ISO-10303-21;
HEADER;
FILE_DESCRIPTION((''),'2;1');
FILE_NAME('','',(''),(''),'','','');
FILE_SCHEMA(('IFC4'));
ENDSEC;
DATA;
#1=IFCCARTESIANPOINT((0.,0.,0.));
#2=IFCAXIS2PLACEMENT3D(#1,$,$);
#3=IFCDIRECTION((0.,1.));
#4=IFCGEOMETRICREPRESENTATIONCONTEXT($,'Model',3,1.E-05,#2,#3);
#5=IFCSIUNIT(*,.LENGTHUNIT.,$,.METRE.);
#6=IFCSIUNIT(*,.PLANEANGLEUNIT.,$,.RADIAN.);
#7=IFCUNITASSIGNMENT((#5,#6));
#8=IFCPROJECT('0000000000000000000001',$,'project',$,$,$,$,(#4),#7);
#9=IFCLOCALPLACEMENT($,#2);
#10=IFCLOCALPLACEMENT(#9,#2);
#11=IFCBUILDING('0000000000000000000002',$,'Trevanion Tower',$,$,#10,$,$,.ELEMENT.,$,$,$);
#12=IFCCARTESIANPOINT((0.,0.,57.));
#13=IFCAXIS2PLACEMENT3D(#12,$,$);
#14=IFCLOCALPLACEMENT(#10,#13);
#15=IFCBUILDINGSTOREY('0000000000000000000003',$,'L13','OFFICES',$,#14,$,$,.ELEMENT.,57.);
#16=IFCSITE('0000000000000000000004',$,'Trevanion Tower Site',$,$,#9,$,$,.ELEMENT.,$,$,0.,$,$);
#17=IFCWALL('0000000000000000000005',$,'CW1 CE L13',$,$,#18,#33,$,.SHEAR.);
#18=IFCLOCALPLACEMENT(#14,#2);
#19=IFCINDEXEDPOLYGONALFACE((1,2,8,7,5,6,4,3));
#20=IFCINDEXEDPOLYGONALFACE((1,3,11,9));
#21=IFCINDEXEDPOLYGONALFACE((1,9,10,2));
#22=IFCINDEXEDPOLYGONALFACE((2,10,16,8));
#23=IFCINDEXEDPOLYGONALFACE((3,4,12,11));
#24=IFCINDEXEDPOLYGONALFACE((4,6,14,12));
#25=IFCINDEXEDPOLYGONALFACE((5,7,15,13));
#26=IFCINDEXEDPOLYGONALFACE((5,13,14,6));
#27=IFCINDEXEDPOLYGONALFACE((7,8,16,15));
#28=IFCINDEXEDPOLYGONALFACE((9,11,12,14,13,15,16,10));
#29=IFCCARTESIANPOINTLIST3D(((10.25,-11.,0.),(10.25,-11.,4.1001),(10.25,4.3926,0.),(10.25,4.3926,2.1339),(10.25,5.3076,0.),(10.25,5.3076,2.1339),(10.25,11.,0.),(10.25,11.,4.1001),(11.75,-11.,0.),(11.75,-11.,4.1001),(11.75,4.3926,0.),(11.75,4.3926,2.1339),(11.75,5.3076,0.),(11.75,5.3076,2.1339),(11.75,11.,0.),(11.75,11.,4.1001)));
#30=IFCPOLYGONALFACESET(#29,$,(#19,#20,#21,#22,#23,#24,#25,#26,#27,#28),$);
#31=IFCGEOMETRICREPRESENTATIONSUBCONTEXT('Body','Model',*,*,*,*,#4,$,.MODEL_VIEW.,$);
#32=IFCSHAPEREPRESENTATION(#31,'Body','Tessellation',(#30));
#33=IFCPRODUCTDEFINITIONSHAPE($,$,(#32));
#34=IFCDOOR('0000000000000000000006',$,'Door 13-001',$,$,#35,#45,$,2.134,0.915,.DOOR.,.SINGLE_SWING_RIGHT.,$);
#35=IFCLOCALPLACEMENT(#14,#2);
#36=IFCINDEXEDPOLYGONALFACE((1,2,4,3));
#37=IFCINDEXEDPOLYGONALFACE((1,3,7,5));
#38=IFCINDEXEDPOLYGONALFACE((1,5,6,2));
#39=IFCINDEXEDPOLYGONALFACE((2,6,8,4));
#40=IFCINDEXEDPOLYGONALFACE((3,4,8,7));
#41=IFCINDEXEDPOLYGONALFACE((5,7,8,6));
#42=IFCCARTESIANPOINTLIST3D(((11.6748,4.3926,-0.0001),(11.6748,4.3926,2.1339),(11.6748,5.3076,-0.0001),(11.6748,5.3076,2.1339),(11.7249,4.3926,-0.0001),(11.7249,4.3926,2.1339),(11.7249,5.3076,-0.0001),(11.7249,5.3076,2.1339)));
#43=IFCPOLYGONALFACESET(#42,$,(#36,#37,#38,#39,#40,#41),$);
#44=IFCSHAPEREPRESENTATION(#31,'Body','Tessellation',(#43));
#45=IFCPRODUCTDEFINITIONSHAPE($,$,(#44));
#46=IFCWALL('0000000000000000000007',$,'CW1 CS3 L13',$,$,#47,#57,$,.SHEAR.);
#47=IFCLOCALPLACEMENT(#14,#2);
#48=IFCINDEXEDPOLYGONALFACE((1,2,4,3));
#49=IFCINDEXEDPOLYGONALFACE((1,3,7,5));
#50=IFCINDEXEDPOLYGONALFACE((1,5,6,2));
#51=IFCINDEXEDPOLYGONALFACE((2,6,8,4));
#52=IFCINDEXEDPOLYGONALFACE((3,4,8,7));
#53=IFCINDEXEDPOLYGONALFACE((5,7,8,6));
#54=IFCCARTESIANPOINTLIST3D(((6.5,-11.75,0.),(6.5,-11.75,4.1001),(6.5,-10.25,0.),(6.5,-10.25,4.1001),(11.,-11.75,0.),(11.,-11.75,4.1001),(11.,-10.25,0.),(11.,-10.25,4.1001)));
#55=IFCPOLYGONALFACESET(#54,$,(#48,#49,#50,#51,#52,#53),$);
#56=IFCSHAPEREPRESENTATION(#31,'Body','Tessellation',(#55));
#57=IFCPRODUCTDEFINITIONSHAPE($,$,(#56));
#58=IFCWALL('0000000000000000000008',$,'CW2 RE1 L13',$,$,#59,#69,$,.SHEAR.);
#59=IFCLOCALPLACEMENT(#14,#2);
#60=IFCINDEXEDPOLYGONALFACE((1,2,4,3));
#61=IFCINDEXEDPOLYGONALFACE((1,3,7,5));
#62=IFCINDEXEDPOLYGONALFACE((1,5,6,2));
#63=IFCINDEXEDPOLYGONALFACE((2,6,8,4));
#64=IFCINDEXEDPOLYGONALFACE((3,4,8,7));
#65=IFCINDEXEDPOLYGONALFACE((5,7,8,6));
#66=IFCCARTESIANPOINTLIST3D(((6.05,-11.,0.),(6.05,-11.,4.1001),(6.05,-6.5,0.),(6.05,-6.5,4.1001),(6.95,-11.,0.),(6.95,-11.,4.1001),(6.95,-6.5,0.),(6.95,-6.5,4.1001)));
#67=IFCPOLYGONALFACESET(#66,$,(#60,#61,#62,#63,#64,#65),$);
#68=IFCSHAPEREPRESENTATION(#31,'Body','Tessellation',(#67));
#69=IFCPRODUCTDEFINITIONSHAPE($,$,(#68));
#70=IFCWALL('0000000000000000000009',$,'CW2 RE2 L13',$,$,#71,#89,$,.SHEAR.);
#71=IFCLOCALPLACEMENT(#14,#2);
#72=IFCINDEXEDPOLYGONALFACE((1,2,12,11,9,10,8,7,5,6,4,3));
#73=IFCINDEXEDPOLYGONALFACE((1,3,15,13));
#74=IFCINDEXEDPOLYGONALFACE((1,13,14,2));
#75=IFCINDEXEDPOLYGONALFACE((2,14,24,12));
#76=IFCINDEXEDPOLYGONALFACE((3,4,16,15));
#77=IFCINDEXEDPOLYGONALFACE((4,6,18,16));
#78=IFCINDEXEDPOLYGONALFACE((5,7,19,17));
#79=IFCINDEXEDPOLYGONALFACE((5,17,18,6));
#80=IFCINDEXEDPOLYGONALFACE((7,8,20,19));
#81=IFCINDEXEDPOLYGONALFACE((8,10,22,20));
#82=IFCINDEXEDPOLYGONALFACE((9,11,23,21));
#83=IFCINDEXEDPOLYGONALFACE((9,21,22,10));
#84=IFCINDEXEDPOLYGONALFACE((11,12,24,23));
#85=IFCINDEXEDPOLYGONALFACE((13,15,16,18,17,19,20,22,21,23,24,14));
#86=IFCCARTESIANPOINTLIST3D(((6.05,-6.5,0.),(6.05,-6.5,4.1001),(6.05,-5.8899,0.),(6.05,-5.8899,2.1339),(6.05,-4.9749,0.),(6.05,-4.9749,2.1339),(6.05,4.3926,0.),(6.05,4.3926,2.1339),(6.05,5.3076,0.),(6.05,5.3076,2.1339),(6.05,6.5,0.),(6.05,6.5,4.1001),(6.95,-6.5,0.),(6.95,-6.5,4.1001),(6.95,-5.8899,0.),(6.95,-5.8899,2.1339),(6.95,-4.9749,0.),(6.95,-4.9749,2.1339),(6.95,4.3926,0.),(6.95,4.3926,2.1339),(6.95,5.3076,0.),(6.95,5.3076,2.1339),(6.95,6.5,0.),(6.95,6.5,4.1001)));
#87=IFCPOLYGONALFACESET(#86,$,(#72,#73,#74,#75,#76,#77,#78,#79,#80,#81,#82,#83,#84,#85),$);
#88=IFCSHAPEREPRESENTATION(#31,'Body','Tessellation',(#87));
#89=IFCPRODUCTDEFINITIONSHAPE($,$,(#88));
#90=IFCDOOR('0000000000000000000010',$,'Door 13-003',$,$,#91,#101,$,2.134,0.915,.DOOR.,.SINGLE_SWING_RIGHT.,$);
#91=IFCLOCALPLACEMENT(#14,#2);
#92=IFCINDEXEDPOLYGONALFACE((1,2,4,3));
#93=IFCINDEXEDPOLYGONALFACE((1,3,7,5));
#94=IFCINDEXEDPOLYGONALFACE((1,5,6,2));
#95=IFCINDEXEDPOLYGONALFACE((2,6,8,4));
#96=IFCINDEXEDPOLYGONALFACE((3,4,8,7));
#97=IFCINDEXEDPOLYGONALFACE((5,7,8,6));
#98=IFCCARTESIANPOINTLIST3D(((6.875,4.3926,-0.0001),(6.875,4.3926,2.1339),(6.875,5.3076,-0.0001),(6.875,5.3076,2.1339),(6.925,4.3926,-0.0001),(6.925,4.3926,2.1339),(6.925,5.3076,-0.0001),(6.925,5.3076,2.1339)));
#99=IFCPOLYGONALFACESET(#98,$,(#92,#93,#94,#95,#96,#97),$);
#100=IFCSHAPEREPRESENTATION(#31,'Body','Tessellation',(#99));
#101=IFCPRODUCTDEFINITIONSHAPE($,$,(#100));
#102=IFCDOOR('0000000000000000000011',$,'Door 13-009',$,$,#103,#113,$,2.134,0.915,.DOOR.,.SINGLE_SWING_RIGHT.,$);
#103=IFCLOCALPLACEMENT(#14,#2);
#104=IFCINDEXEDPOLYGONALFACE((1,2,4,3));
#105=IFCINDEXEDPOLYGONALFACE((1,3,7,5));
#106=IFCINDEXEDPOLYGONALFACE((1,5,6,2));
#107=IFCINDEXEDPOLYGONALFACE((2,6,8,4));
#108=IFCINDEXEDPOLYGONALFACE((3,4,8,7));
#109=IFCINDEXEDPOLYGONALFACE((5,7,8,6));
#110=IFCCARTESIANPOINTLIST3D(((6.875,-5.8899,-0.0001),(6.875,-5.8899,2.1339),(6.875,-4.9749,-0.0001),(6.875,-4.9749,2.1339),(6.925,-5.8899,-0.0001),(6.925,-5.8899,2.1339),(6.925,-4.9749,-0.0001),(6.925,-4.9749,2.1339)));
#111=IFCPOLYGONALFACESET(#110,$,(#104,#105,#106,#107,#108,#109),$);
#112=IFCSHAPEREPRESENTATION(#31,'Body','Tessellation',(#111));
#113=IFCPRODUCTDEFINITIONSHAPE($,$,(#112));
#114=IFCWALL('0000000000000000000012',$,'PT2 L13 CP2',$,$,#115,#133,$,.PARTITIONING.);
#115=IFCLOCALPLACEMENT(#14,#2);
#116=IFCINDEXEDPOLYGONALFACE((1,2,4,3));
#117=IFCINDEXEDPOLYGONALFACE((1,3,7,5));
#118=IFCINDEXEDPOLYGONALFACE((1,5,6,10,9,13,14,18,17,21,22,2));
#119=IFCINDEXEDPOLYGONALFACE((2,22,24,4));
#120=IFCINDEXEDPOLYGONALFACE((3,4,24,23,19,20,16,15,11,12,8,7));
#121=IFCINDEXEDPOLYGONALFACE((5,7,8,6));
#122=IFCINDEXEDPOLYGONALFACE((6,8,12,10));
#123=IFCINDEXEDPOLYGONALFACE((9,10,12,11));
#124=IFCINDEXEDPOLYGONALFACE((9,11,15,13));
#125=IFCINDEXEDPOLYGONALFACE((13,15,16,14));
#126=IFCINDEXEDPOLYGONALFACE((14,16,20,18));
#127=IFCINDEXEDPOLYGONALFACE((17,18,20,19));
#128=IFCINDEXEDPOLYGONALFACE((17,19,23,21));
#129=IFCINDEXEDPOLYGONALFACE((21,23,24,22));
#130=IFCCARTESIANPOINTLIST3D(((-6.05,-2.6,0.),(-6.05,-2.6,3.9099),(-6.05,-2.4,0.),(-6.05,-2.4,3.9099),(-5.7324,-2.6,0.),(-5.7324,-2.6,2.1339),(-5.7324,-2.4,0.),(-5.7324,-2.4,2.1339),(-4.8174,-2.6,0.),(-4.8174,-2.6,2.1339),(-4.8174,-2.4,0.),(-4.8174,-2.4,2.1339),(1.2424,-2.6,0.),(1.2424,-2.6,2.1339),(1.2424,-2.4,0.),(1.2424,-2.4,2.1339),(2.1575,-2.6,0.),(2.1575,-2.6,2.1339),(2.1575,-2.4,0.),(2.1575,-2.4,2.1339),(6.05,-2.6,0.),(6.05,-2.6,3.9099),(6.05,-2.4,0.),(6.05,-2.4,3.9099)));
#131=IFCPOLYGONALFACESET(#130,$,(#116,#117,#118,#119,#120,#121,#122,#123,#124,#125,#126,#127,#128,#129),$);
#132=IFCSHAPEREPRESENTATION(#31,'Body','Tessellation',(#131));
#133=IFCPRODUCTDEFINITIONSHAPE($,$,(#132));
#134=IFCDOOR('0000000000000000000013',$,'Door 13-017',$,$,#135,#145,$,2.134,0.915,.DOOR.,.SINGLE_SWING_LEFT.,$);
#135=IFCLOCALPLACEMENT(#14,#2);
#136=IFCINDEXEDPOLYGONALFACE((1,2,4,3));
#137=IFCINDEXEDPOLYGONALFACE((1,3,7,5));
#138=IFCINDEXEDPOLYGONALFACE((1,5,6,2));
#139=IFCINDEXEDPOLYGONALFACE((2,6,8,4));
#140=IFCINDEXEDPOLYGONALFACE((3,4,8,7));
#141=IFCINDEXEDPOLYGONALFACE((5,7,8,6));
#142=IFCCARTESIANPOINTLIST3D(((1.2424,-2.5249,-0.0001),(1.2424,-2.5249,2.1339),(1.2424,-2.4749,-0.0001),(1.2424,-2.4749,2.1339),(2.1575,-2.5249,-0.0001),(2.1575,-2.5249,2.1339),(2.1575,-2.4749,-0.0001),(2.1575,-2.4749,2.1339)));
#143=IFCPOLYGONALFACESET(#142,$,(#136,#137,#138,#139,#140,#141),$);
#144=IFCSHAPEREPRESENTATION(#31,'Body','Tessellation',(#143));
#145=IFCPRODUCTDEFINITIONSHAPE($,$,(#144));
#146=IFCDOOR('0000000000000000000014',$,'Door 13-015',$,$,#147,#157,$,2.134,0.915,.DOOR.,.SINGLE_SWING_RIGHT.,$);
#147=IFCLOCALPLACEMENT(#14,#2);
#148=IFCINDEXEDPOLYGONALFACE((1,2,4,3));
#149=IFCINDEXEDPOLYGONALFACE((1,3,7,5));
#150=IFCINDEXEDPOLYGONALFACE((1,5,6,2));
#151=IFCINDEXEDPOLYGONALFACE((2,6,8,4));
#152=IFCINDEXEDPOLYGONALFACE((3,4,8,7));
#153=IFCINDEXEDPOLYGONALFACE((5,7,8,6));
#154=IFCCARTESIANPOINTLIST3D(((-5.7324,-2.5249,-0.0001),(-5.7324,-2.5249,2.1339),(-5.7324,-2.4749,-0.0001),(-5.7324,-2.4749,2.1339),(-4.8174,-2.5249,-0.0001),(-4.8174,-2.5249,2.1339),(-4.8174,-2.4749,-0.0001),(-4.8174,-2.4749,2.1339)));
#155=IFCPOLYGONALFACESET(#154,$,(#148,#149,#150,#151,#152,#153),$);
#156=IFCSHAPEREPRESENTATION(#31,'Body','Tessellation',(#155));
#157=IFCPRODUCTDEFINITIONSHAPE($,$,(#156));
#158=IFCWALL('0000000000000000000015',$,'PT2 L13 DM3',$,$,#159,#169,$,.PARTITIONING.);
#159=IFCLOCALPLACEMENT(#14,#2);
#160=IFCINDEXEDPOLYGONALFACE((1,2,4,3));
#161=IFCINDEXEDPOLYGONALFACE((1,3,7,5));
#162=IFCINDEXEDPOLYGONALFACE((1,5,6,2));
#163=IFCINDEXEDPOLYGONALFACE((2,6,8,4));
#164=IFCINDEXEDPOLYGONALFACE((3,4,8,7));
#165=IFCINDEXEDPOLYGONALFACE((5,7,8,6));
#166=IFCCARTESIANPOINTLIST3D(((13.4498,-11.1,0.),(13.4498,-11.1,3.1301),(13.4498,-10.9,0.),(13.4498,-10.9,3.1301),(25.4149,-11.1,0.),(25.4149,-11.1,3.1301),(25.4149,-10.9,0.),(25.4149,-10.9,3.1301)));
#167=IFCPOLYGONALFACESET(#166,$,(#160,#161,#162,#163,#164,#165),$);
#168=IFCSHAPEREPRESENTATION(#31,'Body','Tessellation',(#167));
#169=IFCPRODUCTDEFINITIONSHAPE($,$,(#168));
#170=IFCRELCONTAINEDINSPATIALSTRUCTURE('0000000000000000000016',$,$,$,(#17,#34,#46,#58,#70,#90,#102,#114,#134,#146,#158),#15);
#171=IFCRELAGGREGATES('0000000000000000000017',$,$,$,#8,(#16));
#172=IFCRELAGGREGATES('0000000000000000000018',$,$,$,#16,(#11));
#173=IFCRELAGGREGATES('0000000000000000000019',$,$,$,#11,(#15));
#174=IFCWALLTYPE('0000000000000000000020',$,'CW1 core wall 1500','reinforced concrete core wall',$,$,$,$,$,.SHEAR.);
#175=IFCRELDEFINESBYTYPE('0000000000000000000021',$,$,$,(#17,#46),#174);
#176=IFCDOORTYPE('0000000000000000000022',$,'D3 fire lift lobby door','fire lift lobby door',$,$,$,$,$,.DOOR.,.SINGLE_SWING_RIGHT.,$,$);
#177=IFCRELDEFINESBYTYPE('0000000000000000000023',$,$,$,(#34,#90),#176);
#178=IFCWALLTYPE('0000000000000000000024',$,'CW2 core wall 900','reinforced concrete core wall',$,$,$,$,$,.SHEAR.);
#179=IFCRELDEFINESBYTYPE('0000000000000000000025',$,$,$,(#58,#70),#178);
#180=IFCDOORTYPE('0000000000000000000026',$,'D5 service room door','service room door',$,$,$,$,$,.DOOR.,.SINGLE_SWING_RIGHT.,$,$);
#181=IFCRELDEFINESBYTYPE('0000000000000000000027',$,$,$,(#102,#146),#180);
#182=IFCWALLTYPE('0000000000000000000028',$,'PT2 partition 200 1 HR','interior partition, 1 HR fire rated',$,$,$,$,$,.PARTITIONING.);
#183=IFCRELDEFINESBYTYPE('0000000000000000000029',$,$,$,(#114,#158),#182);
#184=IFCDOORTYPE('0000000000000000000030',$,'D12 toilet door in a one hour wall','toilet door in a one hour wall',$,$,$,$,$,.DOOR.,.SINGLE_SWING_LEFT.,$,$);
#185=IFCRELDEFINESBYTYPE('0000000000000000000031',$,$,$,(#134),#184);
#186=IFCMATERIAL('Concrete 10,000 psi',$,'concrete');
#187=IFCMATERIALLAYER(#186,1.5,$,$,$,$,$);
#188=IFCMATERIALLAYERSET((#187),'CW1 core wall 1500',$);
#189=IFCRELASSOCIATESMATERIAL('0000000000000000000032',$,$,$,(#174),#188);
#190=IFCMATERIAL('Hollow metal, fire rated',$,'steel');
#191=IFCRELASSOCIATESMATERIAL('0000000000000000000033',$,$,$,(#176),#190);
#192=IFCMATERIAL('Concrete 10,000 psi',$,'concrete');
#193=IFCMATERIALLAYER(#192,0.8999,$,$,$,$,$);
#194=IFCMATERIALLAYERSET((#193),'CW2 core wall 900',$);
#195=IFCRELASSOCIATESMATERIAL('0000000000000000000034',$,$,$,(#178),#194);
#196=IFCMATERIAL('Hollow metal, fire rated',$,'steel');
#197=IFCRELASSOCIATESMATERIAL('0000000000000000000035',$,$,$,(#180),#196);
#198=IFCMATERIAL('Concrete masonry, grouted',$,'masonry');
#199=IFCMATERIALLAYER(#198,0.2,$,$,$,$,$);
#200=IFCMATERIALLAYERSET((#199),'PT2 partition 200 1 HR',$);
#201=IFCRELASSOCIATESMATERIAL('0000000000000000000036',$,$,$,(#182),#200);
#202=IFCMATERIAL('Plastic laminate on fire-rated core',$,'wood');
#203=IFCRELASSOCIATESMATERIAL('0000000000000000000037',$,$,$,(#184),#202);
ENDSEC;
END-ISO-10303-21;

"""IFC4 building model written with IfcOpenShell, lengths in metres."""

from ifc_helpers import new_model, si_unit, direction, frame, frame_2d, origin, place, context, subcontext, project, spatial, rectangle, extrude, material, layer, layer_set, type_object, element, fill, save


model = new_model("IFC4")

# Units and contexts
model_context = context("Model", 3, precision=1e-05, world=origin(), true_north=direction((0.0, 1.0)))
body_context = subcontext(model_context, "Body", "Model", "MODEL_VIEW")
ifc_project = project(units=[si_unit("LENGTHUNIT", "METRE"), si_unit("PLANEANGLEUNIT", "RADIAN")], contexts=[model_context])

# Site, building, storey
site_placement = place(None, origin())
site = spatial("IfcSite", under=ifc_project, at=site_placement, Name="Trevanion Tower Site", CompositionType="ELEMENT", RefElevation=0.0)
building_placement = place(site_placement, origin())
building = spatial("IfcBuilding", under=site, at=building_placement, Name="Trevanion Tower", CompositionType="ELEMENT")
storey_placement = place(building_placement, frame((0.0, 0.0, 57.0)))
storey = spatial("IfcBuildingStorey", under=building, at=storey_placement, Name="L13", Description="OFFICES", CompositionType="ELEMENT", Elevation=57.0)

# Wall, opening, door
ifc_material_1 = material(Name="Concrete 10,000 psi", Category="concrete")
ifc_layer_1 = layer(ifc_material_1, 1.5)
ifc_layer_set_1 = layer_set([ifc_layer_1], Name="CW1 core wall 1500")
wall_type_1 = type_object("IfcWallType", Name="CW1 core wall 1500", Description="reinforced concrete core wall", PredefinedType="SHEAR", material=ifc_layer_set_1)
wall_1_placement = place(storey_placement, frame((11.0, -11.0, 0.0), z_axis=(0.0, 0.0, 1.0), x_axis=(0.0, 1.0, 0.0)))
wall_1 = element("IfcWall", 1, at=wall_1_placement, inside=storey, type_object=wall_type_1, Name="CW1 CE L13", PredefinedType="SHEAR", context=body_context, shape_type="SweptSolid", body=[
    extrude(rectangle(XDim=22.0, YDim=1.5, at=frame_2d((11.0, 0.0))), origin(), (0.0, 0.0, 1.0), 4.1001),
])
opening_1_placement = place(wall_1_placement, frame((15.3926, 0.0, 0.0)))
opening_1 = element("IfcOpeningElement", 2, at=opening_1_placement, cuts=wall_1, PredefinedType="OPENING", context=body_context, shape_type="SweptSolid", body=[
    extrude(rectangle(XDim=0.915, YDim=2.134, at=frame_2d((0.4575, 1.0669))), frame((0.0, 0.76, 0.0), z_axis=(0.0, -1.0, 0.0), x_axis=(1.0, 0.0, 0.0)), (0.0, 0.0, 1.0), 1.52),
])
ifc_material_2 = material(Name="Hollow metal, fire rated", Category="steel")
door_type_1 = type_object("IfcDoorType", Name="D3 fire lift lobby door", Description="fire lift lobby door", OperationType="SINGLE_SWING_RIGHT", PredefinedType="DOOR", material=ifc_material_2)
door_1_placement = place(opening_1_placement, origin())
door_1 = element("IfcDoor", 3, at=door_1_placement, inside=storey, type_object=door_type_1, Name="Door 13-001", OperationType="SINGLE_SWING_RIGHT", OverallHeight=2.134, OverallWidth=0.915, PredefinedType="DOOR", context=body_context, shape_type="SweptSolid", body=[
    extrude(rectangle(XDim=0.915, YDim=2.134, at=frame_2d((0.4575, 1.0669))), frame((0.0, -0.6748, 0.0), z_axis=(0.0, -1.0, 0.0), x_axis=(1.0, 0.0, 0.0)), (0.0, 0.0, 1.0), 0.05),
])
fill(opening_1, door_1)

# Walls
wall_2_placement = place(storey_placement, frame((6.5, -11.0, 0.0), z_axis=(0.0, 0.0, 1.0), x_axis=(1.0, 0.0, 0.0)))
element("IfcWall", 4, at=wall_2_placement, inside=storey, type_object=wall_type_1, Name="CW1 CS3 L13", PredefinedType="SHEAR", context=body_context, shape_type="SweptSolid", body=[
    extrude(rectangle(XDim=4.5, YDim=1.5, at=frame_2d((2.25, 0.0))), origin(), (0.0, 0.0, 1.0), 4.1001),
])
ifc_material_3 = material(Name="Concrete 10,000 psi", Category="concrete")
ifc_layer_2 = layer(ifc_material_3, 0.8999)
ifc_layer_set_2 = layer_set([ifc_layer_2], Name="CW2 core wall 900")
wall_type_2 = type_object("IfcWallType", Name="CW2 core wall 900", Description="reinforced concrete core wall", PredefinedType="SHEAR", material=ifc_layer_set_2)
wall_3_placement = place(storey_placement, frame((6.5, -11.0, 0.0), z_axis=(0.0, 0.0, 1.0), x_axis=(0.0, 1.0, 0.0)))
element("IfcWall", 5, at=wall_3_placement, inside=storey, type_object=wall_type_2, Name="CW2 RE1 L13", PredefinedType="SHEAR", context=body_context, shape_type="SweptSolid", body=[
    extrude(rectangle(XDim=4.5, YDim=0.8999, at=frame_2d((2.25, 0.0))), origin(), (0.0, 0.0, 1.0), 4.1001),
])

# Walls, openings, doors
wall_4_placement = place(storey_placement, frame((6.5, -6.5, 0.0), z_axis=(0.0, 0.0, 1.0), x_axis=(0.0, 1.0, 0.0)))
wall_4 = element("IfcWall", 6, at=wall_4_placement, inside=storey, type_object=wall_type_2, Name="CW2 RE2 L13", PredefinedType="SHEAR", context=body_context, shape_type="SweptSolid", body=[
    extrude(rectangle(XDim=13.0, YDim=0.8999, at=frame_2d((6.5, 0.0))), origin(), (0.0, 0.0, 1.0), 4.1001),
])
opening_2_placement = place(wall_4_placement, frame((10.8926, 0.0, 0.0)))
opening_2 = element("IfcOpeningElement", 7, at=opening_2_placement, cuts=wall_4, PredefinedType="OPENING", context=body_context, shape_type="SweptSolid", body=[
    extrude(rectangle(XDim=0.915, YDim=2.134, at=frame_2d((0.4575, 1.0669))), frame((0.0, 0.46, 0.0), z_axis=(0.0, -1.0, 0.0), x_axis=(1.0, 0.0, 0.0)), (0.0, 0.0, 1.0), 0.9199),
])
opening_3_placement = place(wall_4_placement, frame((0.6101, 0.0, 0.0)))
opening_3 = element("IfcOpeningElement", 8, at=opening_3_placement, cuts=wall_4, PredefinedType="OPENING", context=body_context, shape_type="SweptSolid", body=[
    extrude(rectangle(XDim=0.915, YDim=2.134, at=frame_2d((0.4575, 1.0669))), frame((0.0, 0.46, 0.0), z_axis=(0.0, -1.0, 0.0), x_axis=(1.0, 0.0, 0.0)), (0.0, 0.0, 1.0), 0.9199),
])
door_2_placement = place(opening_2_placement, origin())
door_2 = element("IfcDoor", 9, at=door_2_placement, inside=storey, type_object=door_type_1, Name="Door 13-003", OperationType="SINGLE_SWING_RIGHT", OverallHeight=2.134, OverallWidth=0.915, PredefinedType="DOOR", context=body_context, shape_type="SweptSolid", body=[
    extrude(rectangle(XDim=0.915, YDim=2.134, at=frame_2d((0.4575, 1.0669))), frame((0.0, -0.375, 0.0), z_axis=(0.0, -1.0, 0.0), x_axis=(1.0, 0.0, 0.0)), (0.0, 0.0, 1.0), 0.05),
])
fill(opening_2, door_2)
ifc_material_4 = material(Name="Hollow metal, fire rated", Category="steel")
door_type_2 = type_object("IfcDoorType", Name="D5 service room door", Description="service room door", OperationType="SINGLE_SWING_RIGHT", PredefinedType="DOOR", material=ifc_material_4)
door_3_placement = place(opening_3_placement, origin())
door_3 = element("IfcDoor", 10, at=door_3_placement, inside=storey, type_object=door_type_2, Name="Door 13-009", OperationType="SINGLE_SWING_RIGHT", OverallHeight=2.134, OverallWidth=0.915, PredefinedType="DOOR", context=body_context, shape_type="SweptSolid", body=[
    extrude(rectangle(XDim=0.915, YDim=2.134, at=frame_2d((0.4575, 1.0669))), frame((0.0, -0.375, 0.0), z_axis=(0.0, -1.0, 0.0), x_axis=(1.0, 0.0, 0.0)), (0.0, 0.0, 1.0), 0.05),
])
fill(opening_3, door_3)
ifc_material_5 = material(Name="Concrete masonry, grouted", Category="masonry")
ifc_layer_3 = layer(ifc_material_5, 0.2)
ifc_layer_set_3 = layer_set([ifc_layer_3], Name="PT2 partition 200 1 HR")
wall_type_3 = type_object("IfcWallType", Name="PT2 partition 200 1 HR", Description="interior partition, 1 HR fire rated", PredefinedType="PARTITIONING", material=ifc_layer_set_3)
wall_5_placement = place(storey_placement, frame((6.05, -2.5, 0.0), z_axis=(0.0, 0.0, 1.0), x_axis=(-1.0, 0.0, 0.0)))
wall_5 = element("IfcWall", 11, at=wall_5_placement, inside=storey, type_object=wall_type_3, Name="PT2 L13 CP2", PredefinedType="PARTITIONING", context=body_context, shape_type="SweptSolid", body=[
    extrude(rectangle(XDim=12.1001, YDim=0.2, at=frame_2d((6.05, 0.0))), origin(), (0.0, 0.0, 1.0), 3.9099),
])
opening_4_placement = place(wall_5_placement, frame((10.8674, 0.0, 0.0)))
opening_4 = element("IfcOpeningElement", 12, at=opening_4_placement, cuts=wall_5, PredefinedType="OPENING", context=body_context, shape_type="SweptSolid", body=[
    extrude(rectangle(XDim=0.915, YDim=2.134, at=frame_2d((0.4575, 1.0669))), frame((0.0, 0.1099, 0.0), z_axis=(0.0, -1.0, 0.0), x_axis=(1.0, 0.0, 0.0)), (0.0, 0.0, 1.0), 0.22),
])
opening_5_placement = place(wall_5_placement, frame((3.8926, 0.0, 0.0)))
opening_5 = element("IfcOpeningElement", 13, at=opening_5_placement, cuts=wall_5, PredefinedType="OPENING", context=body_context, shape_type="SweptSolid", body=[
    extrude(rectangle(XDim=0.915, YDim=2.134, at=frame_2d((0.4575, 1.0669))), frame((0.0, 0.1099, 0.0), z_axis=(0.0, -1.0, 0.0), x_axis=(1.0, 0.0, 0.0)), (0.0, 0.0, 1.0), 0.22),
])
ifc_material_6 = material(Name="Plastic laminate on fire-rated core", Category="wood")
door_type_3 = type_object("IfcDoorType", Name="D12 toilet door in a one hour wall", Description="toilet door in a one hour wall", OperationType="SINGLE_SWING_LEFT", PredefinedType="DOOR", material=ifc_material_6)
door_4_placement = place(opening_5_placement, origin())
door_4 = element("IfcDoor", 14, at=door_4_placement, inside=storey, type_object=door_type_3, Name="Door 13-017", OperationType="SINGLE_SWING_LEFT", OverallHeight=2.134, OverallWidth=0.915, PredefinedType="DOOR", context=body_context, shape_type="SweptSolid", body=[
    extrude(rectangle(XDim=0.915, YDim=2.134, at=frame_2d((0.4575, 1.0669))), frame((0.0, 0.0249, 0.0), z_axis=(0.0, -1.0, 0.0), x_axis=(1.0, 0.0, 0.0)), (0.0, 0.0, 1.0), 0.05),
])
fill(opening_5, door_4)
door_5_placement = place(opening_4_placement, origin())
door_5 = element("IfcDoor", 15, at=door_5_placement, inside=storey, type_object=door_type_2, Name="Door 13-015", OperationType="SINGLE_SWING_RIGHT", OverallHeight=2.134, OverallWidth=0.915, PredefinedType="DOOR", context=body_context, shape_type="SweptSolid", body=[
    extrude(rectangle(XDim=0.915, YDim=2.134, at=frame_2d((0.4575, 1.0669))), frame((0.0, 0.0249, 0.0), z_axis=(0.0, -1.0, 0.0), x_axis=(1.0, 0.0, 0.0)), (0.0, 0.0, 1.0), 0.05),
])
fill(opening_4, door_5)

# Wall
wall_6_placement = place(storey_placement, frame((13.45, -11.0, 0.0), z_axis=(0.0, 0.0, 1.0), x_axis=(1.0, 0.0, 0.0)))
element("IfcWall", 16, at=wall_6_placement, inside=storey, type_object=wall_type_3, Name="PT2 L13 DM3", PredefinedType="PARTITIONING", context=body_context, shape_type="SweptSolid", body=[
    extrude(rectangle(XDim=11.9651, YDim=0.2, at=frame_2d((5.9824, 0.0))), origin(), (0.0, 0.0, 1.0), 3.1301),
])

save(model, "model.ifc")
